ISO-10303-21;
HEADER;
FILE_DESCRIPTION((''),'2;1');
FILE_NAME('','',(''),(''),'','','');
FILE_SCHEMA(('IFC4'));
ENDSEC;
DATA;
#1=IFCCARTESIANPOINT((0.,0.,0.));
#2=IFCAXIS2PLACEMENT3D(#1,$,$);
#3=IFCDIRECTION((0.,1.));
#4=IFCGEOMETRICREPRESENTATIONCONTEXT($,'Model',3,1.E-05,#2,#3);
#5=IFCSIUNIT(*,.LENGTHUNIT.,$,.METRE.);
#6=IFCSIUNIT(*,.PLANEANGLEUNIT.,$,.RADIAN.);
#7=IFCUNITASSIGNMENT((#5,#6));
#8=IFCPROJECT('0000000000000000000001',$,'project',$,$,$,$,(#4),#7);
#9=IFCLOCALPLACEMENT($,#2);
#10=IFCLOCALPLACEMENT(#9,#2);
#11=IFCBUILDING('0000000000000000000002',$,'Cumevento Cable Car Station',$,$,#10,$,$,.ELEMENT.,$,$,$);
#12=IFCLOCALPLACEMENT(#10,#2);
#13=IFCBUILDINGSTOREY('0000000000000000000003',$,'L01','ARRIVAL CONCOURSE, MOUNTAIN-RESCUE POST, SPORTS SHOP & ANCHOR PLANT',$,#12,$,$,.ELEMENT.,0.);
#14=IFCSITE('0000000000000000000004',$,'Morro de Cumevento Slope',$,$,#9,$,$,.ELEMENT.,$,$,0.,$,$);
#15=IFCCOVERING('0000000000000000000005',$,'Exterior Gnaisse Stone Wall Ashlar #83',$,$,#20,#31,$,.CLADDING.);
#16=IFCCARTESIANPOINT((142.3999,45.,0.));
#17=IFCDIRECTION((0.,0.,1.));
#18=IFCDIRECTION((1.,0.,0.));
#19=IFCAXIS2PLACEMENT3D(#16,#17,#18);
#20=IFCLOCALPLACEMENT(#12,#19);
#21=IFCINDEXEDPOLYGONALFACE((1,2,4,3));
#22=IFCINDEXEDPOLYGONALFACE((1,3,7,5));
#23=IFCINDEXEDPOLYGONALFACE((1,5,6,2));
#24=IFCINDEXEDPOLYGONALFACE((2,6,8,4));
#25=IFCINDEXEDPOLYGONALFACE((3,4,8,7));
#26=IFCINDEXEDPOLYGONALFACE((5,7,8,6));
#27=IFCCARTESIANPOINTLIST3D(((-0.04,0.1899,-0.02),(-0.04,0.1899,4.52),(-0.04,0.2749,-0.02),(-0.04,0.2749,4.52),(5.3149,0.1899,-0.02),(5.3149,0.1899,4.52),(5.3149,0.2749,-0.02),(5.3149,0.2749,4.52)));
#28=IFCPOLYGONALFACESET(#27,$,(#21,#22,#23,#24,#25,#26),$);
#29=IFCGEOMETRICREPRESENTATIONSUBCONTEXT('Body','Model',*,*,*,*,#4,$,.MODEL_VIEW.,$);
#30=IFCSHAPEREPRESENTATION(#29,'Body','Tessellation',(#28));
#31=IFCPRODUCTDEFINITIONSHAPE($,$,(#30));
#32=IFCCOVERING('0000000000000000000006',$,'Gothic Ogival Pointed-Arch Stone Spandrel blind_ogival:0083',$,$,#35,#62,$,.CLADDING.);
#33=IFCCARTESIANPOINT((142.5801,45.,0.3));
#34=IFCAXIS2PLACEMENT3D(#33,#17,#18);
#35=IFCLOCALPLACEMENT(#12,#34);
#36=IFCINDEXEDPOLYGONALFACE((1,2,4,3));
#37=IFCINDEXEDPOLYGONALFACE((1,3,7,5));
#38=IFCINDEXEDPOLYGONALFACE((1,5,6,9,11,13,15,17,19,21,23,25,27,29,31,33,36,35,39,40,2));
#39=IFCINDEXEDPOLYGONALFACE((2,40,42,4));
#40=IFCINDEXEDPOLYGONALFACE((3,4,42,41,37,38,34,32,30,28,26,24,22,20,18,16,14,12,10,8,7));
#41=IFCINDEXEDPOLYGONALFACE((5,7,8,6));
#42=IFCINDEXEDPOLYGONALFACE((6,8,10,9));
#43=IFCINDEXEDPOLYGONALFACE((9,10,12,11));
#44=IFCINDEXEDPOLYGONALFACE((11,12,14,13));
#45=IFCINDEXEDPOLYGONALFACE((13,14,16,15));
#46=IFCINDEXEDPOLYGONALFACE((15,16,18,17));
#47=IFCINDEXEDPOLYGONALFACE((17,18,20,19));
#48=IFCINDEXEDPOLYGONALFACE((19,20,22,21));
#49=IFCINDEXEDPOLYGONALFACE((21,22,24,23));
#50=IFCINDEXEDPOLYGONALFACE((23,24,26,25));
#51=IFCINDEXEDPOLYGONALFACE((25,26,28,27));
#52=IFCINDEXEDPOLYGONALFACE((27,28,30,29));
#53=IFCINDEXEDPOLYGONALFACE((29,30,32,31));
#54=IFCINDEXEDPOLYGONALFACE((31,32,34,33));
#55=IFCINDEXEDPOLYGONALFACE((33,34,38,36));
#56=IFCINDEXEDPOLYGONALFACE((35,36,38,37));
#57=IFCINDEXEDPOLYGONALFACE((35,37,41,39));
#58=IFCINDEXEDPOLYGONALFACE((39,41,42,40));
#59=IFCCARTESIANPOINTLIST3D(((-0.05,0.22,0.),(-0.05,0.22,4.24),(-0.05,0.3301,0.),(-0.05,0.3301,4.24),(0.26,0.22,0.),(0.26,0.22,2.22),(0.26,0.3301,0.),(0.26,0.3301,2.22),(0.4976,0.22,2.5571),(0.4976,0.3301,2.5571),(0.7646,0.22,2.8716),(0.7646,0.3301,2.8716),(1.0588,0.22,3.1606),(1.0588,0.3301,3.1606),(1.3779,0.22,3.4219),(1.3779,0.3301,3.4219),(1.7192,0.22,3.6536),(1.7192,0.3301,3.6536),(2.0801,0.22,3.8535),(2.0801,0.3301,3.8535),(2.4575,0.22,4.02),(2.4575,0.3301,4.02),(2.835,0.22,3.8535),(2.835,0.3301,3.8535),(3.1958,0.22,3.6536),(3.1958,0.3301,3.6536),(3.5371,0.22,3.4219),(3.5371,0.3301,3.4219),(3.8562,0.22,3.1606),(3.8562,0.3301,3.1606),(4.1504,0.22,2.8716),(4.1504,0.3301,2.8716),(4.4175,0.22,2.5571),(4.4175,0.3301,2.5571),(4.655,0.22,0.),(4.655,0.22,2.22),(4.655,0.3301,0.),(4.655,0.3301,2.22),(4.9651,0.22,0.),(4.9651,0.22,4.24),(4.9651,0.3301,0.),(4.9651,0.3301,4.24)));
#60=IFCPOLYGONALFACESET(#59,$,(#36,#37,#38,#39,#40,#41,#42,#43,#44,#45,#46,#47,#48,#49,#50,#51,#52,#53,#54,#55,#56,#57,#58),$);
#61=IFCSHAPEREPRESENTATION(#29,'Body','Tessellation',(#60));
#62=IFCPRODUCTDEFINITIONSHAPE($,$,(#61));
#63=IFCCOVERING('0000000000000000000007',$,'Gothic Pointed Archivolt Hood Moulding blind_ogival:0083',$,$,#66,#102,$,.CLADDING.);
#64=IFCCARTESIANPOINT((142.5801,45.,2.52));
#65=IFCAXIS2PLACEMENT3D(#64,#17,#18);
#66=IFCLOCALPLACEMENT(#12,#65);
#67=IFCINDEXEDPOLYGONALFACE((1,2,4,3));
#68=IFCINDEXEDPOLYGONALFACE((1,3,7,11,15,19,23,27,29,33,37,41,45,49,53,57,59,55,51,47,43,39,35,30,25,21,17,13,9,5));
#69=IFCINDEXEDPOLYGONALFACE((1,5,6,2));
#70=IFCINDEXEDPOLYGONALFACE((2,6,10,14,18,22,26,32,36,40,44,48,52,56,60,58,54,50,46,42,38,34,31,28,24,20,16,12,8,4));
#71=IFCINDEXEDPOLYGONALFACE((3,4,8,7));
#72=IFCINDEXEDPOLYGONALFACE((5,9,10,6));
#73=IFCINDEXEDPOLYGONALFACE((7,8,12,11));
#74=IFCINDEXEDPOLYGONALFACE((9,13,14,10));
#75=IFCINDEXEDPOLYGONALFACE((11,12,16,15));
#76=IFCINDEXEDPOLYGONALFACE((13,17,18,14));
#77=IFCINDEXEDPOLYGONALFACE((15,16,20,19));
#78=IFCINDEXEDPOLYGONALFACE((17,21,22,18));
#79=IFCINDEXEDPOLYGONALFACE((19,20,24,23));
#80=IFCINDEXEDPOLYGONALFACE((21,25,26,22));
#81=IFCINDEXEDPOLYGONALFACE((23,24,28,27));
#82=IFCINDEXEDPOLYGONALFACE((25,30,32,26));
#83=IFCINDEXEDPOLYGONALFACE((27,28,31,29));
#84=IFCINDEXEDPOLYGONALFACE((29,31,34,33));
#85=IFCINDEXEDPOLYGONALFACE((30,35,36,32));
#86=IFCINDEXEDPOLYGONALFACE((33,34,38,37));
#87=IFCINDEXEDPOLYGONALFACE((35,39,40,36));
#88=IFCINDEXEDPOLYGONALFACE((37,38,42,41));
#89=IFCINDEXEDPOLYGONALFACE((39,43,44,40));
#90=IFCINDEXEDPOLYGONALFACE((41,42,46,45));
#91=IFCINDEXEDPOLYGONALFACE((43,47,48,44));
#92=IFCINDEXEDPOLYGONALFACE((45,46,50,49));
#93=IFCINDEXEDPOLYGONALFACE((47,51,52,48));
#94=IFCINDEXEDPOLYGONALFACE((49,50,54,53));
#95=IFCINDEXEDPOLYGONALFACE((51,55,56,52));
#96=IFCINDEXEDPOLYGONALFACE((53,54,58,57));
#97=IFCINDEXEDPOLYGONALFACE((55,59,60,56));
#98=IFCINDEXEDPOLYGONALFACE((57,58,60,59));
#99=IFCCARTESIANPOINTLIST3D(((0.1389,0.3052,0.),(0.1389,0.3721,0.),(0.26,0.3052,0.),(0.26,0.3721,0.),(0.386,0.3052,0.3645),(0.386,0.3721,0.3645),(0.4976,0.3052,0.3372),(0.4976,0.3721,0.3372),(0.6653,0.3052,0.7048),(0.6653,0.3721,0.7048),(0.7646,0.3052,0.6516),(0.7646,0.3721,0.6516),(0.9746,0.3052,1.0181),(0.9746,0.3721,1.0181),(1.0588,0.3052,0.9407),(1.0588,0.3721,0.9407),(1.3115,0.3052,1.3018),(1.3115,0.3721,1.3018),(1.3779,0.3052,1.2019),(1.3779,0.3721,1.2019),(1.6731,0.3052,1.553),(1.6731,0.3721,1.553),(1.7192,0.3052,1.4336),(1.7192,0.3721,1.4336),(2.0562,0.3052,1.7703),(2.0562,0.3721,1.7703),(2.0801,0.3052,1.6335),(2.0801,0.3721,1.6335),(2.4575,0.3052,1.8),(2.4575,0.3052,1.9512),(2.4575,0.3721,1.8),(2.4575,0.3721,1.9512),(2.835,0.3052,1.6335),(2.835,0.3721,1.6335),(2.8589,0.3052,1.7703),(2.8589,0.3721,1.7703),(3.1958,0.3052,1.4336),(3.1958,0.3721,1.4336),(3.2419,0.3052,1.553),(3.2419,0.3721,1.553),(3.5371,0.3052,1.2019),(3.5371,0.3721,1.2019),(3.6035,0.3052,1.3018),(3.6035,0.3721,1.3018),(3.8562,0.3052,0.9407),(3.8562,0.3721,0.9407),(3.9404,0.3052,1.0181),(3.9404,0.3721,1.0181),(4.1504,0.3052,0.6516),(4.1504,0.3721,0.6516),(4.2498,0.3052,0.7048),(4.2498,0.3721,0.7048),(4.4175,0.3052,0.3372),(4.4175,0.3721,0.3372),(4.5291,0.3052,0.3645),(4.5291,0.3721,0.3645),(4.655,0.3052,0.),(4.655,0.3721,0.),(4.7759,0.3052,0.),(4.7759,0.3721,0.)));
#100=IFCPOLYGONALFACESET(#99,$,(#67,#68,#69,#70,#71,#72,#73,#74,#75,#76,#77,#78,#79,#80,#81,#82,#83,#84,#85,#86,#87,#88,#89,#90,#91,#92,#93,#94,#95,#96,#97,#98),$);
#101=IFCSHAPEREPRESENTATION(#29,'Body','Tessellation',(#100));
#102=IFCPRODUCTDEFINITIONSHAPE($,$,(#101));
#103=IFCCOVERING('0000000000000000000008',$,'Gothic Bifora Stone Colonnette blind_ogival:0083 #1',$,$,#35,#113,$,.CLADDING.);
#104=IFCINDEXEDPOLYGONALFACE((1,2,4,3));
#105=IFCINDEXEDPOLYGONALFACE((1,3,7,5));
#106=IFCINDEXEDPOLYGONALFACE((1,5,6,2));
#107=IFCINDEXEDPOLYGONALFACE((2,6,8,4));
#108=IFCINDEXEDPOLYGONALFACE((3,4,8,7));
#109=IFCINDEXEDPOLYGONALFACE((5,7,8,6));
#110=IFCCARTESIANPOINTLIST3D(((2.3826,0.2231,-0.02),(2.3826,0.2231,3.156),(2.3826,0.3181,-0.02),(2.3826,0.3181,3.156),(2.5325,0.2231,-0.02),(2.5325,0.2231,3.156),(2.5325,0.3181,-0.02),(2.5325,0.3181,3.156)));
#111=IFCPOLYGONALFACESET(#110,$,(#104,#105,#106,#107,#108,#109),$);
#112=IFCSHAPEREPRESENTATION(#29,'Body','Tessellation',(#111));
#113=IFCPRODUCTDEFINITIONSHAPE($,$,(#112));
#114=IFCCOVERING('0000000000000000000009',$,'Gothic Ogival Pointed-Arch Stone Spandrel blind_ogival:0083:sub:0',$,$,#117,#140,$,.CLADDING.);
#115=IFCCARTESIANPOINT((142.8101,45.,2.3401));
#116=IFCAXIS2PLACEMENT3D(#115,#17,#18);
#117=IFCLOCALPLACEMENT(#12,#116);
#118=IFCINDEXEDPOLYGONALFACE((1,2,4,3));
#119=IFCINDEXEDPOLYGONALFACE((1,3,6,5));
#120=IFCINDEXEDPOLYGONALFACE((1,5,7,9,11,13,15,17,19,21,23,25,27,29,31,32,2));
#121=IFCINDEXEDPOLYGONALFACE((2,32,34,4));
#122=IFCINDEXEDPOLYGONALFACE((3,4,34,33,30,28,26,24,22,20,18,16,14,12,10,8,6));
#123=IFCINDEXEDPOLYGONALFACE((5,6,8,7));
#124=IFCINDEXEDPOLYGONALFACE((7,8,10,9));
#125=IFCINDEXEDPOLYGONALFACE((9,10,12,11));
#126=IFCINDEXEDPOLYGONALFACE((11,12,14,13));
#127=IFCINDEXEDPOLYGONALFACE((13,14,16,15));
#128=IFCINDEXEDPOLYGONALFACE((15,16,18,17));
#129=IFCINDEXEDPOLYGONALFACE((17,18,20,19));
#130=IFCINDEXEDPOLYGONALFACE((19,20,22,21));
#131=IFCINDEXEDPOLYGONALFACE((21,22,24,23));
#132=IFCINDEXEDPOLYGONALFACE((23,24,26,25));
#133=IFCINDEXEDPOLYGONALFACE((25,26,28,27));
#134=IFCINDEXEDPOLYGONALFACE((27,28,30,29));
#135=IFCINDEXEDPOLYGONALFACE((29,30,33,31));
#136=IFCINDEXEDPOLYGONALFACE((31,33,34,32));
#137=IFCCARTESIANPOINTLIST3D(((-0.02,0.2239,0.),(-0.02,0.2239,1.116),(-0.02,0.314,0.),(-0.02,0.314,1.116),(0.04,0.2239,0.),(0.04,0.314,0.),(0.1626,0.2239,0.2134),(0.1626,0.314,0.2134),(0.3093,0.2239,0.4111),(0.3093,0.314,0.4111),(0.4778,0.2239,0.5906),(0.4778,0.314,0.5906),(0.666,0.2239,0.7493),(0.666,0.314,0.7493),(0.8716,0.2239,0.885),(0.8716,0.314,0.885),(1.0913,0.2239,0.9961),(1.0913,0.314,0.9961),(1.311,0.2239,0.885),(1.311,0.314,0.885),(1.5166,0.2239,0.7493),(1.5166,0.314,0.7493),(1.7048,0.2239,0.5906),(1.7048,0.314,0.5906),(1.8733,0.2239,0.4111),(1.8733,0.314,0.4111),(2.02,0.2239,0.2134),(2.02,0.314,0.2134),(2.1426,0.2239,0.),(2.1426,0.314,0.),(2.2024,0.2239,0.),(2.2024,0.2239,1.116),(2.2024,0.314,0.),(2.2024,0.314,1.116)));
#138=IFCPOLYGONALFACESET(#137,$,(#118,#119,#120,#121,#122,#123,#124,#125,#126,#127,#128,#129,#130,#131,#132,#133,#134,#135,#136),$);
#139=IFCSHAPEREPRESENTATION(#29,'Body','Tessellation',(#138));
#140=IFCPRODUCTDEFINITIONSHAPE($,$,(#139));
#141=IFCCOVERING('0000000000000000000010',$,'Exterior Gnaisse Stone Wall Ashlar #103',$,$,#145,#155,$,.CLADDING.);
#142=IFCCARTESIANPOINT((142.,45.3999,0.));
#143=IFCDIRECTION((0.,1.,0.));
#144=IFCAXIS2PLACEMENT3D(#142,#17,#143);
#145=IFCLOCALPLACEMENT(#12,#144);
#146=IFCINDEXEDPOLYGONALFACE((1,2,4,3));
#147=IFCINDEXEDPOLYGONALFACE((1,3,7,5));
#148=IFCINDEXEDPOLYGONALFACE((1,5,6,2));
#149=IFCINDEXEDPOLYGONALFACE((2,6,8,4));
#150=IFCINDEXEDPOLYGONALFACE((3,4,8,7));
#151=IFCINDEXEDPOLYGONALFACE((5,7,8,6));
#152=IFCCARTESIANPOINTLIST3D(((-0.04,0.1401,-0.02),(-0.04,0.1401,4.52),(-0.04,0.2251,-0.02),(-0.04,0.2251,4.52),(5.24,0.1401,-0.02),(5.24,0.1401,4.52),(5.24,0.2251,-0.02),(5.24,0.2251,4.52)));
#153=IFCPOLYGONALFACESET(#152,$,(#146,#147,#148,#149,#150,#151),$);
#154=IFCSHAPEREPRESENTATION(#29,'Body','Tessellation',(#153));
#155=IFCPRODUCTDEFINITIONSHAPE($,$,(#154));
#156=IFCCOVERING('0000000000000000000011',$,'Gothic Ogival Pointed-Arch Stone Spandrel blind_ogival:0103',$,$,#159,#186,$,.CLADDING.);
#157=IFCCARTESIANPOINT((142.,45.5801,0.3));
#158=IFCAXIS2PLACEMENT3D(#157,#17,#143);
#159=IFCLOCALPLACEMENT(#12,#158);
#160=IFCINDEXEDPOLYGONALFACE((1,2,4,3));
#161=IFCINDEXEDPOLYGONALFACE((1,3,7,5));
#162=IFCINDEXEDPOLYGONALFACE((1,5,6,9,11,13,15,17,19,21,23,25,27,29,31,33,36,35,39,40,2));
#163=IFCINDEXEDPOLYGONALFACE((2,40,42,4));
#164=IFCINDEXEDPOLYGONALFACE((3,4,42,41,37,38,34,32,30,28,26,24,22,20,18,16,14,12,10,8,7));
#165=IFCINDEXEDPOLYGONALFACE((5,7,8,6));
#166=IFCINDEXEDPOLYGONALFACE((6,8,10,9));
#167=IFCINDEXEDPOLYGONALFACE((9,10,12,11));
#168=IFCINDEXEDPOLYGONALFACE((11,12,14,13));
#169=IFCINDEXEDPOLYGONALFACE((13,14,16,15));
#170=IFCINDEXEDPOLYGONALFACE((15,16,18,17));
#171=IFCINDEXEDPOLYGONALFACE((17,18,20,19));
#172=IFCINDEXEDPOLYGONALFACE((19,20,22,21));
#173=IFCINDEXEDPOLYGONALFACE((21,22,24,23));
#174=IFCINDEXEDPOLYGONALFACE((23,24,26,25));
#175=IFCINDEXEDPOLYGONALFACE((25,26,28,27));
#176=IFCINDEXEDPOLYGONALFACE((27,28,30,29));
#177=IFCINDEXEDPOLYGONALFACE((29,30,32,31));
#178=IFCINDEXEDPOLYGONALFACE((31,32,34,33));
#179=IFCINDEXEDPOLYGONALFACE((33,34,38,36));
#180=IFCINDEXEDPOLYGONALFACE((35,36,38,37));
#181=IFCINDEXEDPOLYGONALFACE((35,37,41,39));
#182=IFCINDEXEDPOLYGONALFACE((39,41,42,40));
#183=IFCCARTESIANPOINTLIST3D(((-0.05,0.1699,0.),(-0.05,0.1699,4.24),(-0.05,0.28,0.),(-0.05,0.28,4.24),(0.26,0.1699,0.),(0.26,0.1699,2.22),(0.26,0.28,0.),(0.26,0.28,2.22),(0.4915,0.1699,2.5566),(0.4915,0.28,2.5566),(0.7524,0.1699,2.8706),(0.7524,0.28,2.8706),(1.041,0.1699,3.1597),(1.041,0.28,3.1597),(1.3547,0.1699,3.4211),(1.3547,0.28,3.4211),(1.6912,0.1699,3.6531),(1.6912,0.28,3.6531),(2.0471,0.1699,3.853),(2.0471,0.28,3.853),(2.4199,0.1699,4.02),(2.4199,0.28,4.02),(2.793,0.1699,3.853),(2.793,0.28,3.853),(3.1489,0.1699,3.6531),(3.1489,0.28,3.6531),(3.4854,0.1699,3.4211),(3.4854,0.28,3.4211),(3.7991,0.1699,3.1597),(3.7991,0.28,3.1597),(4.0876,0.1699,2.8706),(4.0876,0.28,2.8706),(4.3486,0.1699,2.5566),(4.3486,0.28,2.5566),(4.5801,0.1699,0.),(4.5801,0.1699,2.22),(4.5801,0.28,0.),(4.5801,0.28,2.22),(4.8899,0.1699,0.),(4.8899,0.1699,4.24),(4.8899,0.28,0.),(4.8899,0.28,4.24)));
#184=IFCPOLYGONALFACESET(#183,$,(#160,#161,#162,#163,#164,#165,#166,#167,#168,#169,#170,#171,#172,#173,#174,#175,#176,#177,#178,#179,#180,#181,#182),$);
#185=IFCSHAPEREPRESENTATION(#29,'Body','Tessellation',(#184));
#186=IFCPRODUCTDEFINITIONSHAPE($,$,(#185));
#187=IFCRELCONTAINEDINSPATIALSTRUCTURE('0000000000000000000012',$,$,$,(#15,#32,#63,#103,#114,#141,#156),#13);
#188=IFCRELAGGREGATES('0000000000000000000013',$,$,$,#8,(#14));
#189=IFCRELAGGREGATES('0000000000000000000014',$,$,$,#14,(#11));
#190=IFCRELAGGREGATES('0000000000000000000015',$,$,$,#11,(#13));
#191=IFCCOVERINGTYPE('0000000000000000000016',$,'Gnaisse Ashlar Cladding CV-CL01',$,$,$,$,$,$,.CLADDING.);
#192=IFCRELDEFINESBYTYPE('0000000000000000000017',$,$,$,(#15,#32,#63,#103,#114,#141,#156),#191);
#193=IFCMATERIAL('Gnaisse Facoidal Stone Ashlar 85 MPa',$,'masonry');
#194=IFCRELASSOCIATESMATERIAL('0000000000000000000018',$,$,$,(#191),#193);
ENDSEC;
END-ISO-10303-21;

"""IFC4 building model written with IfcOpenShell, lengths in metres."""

from ifc_helpers import new_model, si_unit, direction, frame, origin, place, context, subcontext, project, spatial, polyline, outline, extrude, material, type_object, element, save


model = new_model("IFC4")

# Units and contexts
model_context = context("Model", 3, precision=1e-05, world=origin(), true_north=direction((0.0, 1.0)))
body_context = subcontext(model_context, "Body", "Model", "MODEL_VIEW")
ifc_project = project(units=[si_unit("LENGTHUNIT", "METRE"), si_unit("PLANEANGLEUNIT", "RADIAN")], contexts=[model_context])

# Site, building, storey
site_placement = place(None, origin())
site = spatial("IfcSite", under=ifc_project, at=site_placement, Name="Morro de Cumevento Slope", CompositionType="ELEMENT", RefElevation=0.0)
building_placement = place(site_placement, origin())
building = spatial("IfcBuilding", under=site, at=building_placement, Name="Cumevento Cable Car Station", CompositionType="ELEMENT")
storey_placement = place(building_placement, origin())
storey = spatial("IfcBuildingStorey", under=building, at=storey_placement, Name="L01", Description="ARRIVAL CONCOURSE, MOUNTAIN-RESCUE POST, SPORTS SHOP & ANCHOR PLANT", CompositionType="ELEMENT", Elevation=0.0)

# Coverings
ifc_material_1 = material(Name="Gnaisse Facoidal Stone Ashlar 85 MPa", Category="masonry")
covering_type = type_object("IfcCoveringType", Name="Gnaisse Ashlar Cladding CV-CL01", PredefinedType="CLADDING", material=ifc_material_1)
covering_1_placement = place(storey_placement, frame((142.3999, 45.0, 0.0), z_axis=(0.0, 0.0, 1.0), x_axis=(1.0, 0.0, 0.0)))
element("IfcCovering", 1, at=covering_1_placement, inside=storey, type_object=covering_type, Name="Exterior Gnaisse Stone Wall Ashlar #83", PredefinedType="CLADDING", context=body_context, shape_type="SweptSolid", body=[
    extrude(outline(polyline([(-0.04, -0.02), (5.3149, -0.02), (5.3149, 4.52), (-0.04, 4.52), (-0.04, -0.02)])), frame((0.0, 0.2749, 0.0), z_axis=(0.0, -1.0, 0.0), x_axis=(1.0, 0.0, 0.0)), (0.0, 0.0, 1.0), 0.085),
])
placement_1 = place(storey_placement, frame((142.5801, 45.0, 0.3), z_axis=(0.0, 0.0, 1.0), x_axis=(1.0, 0.0, 0.0)))
element("IfcCovering", 2, at=placement_1, inside=storey, type_object=covering_type, Name="Gothic Ogival Pointed-Arch Stone Spandrel blind_ogival:0083", PredefinedType="CLADDING", context=body_context, shape_type="SweptSolid", body=[
    extrude(outline(polyline([(-0.05, 0.0), (-0.05, 4.24), (4.9651, 4.24), (4.9651, 0.0), (4.655, 0.0), (4.655, 2.22), (4.4175, 2.5571), (4.1504, 2.8716), (3.8562, 3.1606), (3.5371, 3.4219), (3.1958, 3.6536), (2.835, 3.8535), (2.4575, 4.02), (2.0801, 3.8535), (1.7192, 3.6536), (1.3779, 3.4219), (1.0588, 3.1606), (0.7646, 2.8716), (0.4976, 2.5571), (0.26, 2.22), (0.26, 0.0), (-0.05, 0.0)])), frame((0.0, 0.3301, 0.0), z_axis=(0.0, -1.0, 0.0), x_axis=(1.0, 0.0, 0.0)), (0.0, 0.0, 1.0), 0.1101),
])
covering_2_placement = place(storey_placement, frame((142.5801, 45.0, 2.52), z_axis=(0.0, 0.0, 1.0), x_axis=(1.0, 0.0, 0.0)))
element("IfcCovering", 3, at=covering_2_placement, inside=storey, type_object=covering_type, Name="Gothic Pointed Archivolt Hood Moulding blind_ogival:0083", PredefinedType="CLADDING", context=body_context, shape_type="SweptSolid", body=[
    extrude(outline(polyline([(0.26, 0.0), (0.4976, 0.3372), (0.7646, 0.6516), (1.0588, 0.9407), (1.3779, 1.2019), (1.7192, 1.4336), (2.0801, 1.6335), (2.4575, 1.8), (2.835, 1.6335), (3.1958, 1.4336), (3.5371, 1.2019), (3.8562, 0.9407), (4.1504, 0.6516), (4.4175, 0.3372), (4.655, 0.0), (4.7759, 0.0), (4.5291, 0.3645), (4.2498, 0.7048), (3.9404, 1.0181), (3.6035, 1.3018), (3.2419, 1.553), (2.8589, 1.7703), (2.4575, 1.9512), (2.0562, 1.7703), (1.6731, 1.553), (1.3115, 1.3018), (0.9746, 1.0181), (0.6653, 0.7048), (0.386, 0.3645), (0.1389, 0.0), (0.26, 0.0)])), frame((0.0, 0.3721, 0.0), z_axis=(0.0, -1.0, 0.0), x_axis=(1.0, 0.0, 0.0)), (0.0, 0.0, 1.0), 0.0669),
])
element("IfcCovering", 4, at=placement_1, inside=storey, type_object=covering_type, Name="Gothic Bifora Stone Colonnette blind_ogival:0083 #1", PredefinedType="CLADDING", context=body_context, shape_type="SweptSolid", body=[
    extrude(outline(polyline([(2.3826, -0.02), (2.5325, -0.02), (2.5325, 3.156), (2.3826, 3.156), (2.3826, -0.02)])), frame((0.0, 0.3181, 0.0), z_axis=(0.0, -1.0, 0.0), x_axis=(1.0, 0.0, 0.0)), (0.0, 0.0, 1.0), 0.095),
])
covering_3_placement = place(storey_placement, frame((142.8101, 45.0, 2.3401), z_axis=(0.0, 0.0, 1.0), x_axis=(1.0, 0.0, 0.0)))
element("IfcCovering", 5, at=covering_3_placement, inside=storey, type_object=covering_type, Name="Gothic Ogival Pointed-Arch Stone Spandrel blind_ogival:0083:sub:0", PredefinedType="CLADDING", context=body_context, shape_type="SweptSolid", body=[
    extrude(outline(polyline([(-0.02, 0.0), (-0.02, 1.116), (2.2024, 1.116), (2.2024, 0.0), (2.1426, 0.0), (2.02, 0.2134), (1.8733, 0.4111), (1.7048, 0.5906), (1.5166, 0.7493), (1.311, 0.885), (1.0913, 0.9961), (0.8716, 0.885), (0.666, 0.7493), (0.4778, 0.5906), (0.3093, 0.4111), (0.1626, 0.2134), (0.04, 0.0), (-0.02, 0.0)])), frame((0.0, 0.314, 0.0), z_axis=(0.0, -1.0, 0.0), x_axis=(1.0, 0.0, 0.0)), (0.0, 0.0, 1.0), 0.0901),
])
covering_4_placement = place(storey_placement, frame((142.0, 45.3999, 0.0), z_axis=(0.0, 0.0, 1.0), x_axis=(0.0, 1.0, 0.0)))
element("IfcCovering", 6, at=covering_4_placement, inside=storey, type_object=covering_type, Name="Exterior Gnaisse Stone Wall Ashlar #103", PredefinedType="CLADDING", context=body_context, shape_type="SweptSolid", body=[
    extrude(outline(polyline([(-0.04, -0.02), (5.24, -0.02), (5.24, 4.52), (-0.04, 4.52), (-0.04, -0.02)])), frame((0.0, 0.2251, 0.0), z_axis=(0.0, -1.0, 0.0), x_axis=(1.0, 0.0, 0.0)), (0.0, 0.0, 1.0), 0.085),
])
placement_2 = place(storey_placement, frame((142.0, 45.5801, 0.3), z_axis=(0.0, 0.0, 1.0), x_axis=(0.0, 1.0, 0.0)))
element("IfcCovering", 7, at=placement_2, inside=storey, type_object=covering_type, Name="Gothic Ogival Pointed-Arch Stone Spandrel blind_ogival:0103", PredefinedType="CLADDING", context=body_context, shape_type="SweptSolid", body=[
    extrude(outline(polyline([(-0.05, 0.0), (-0.05, 4.24), (4.8899, 4.24), (4.8899, 0.0), (4.5801, 0.0), (4.5801, 2.22), (4.3486, 2.5566), (4.0876, 2.8706), (3.7991, 3.1597), (3.4854, 3.4211), (3.1489, 3.6531), (2.793, 3.853), (2.4199, 4.02), (2.0471, 3.853), (1.6912, 3.6531), (1.3547, 3.4211), (1.041, 3.1597), (0.7524, 2.8706), (0.4915, 2.5566), (0.26, 2.22), (0.26, 0.0), (-0.05, 0.0)])), frame((0.0, 0.28, 0.0), z_axis=(0.0, -1.0, 0.0), x_axis=(1.0, 0.0, 0.0)), (0.0, 0.0, 1.0), 0.1101),
])

save(model, "model.ifc")
